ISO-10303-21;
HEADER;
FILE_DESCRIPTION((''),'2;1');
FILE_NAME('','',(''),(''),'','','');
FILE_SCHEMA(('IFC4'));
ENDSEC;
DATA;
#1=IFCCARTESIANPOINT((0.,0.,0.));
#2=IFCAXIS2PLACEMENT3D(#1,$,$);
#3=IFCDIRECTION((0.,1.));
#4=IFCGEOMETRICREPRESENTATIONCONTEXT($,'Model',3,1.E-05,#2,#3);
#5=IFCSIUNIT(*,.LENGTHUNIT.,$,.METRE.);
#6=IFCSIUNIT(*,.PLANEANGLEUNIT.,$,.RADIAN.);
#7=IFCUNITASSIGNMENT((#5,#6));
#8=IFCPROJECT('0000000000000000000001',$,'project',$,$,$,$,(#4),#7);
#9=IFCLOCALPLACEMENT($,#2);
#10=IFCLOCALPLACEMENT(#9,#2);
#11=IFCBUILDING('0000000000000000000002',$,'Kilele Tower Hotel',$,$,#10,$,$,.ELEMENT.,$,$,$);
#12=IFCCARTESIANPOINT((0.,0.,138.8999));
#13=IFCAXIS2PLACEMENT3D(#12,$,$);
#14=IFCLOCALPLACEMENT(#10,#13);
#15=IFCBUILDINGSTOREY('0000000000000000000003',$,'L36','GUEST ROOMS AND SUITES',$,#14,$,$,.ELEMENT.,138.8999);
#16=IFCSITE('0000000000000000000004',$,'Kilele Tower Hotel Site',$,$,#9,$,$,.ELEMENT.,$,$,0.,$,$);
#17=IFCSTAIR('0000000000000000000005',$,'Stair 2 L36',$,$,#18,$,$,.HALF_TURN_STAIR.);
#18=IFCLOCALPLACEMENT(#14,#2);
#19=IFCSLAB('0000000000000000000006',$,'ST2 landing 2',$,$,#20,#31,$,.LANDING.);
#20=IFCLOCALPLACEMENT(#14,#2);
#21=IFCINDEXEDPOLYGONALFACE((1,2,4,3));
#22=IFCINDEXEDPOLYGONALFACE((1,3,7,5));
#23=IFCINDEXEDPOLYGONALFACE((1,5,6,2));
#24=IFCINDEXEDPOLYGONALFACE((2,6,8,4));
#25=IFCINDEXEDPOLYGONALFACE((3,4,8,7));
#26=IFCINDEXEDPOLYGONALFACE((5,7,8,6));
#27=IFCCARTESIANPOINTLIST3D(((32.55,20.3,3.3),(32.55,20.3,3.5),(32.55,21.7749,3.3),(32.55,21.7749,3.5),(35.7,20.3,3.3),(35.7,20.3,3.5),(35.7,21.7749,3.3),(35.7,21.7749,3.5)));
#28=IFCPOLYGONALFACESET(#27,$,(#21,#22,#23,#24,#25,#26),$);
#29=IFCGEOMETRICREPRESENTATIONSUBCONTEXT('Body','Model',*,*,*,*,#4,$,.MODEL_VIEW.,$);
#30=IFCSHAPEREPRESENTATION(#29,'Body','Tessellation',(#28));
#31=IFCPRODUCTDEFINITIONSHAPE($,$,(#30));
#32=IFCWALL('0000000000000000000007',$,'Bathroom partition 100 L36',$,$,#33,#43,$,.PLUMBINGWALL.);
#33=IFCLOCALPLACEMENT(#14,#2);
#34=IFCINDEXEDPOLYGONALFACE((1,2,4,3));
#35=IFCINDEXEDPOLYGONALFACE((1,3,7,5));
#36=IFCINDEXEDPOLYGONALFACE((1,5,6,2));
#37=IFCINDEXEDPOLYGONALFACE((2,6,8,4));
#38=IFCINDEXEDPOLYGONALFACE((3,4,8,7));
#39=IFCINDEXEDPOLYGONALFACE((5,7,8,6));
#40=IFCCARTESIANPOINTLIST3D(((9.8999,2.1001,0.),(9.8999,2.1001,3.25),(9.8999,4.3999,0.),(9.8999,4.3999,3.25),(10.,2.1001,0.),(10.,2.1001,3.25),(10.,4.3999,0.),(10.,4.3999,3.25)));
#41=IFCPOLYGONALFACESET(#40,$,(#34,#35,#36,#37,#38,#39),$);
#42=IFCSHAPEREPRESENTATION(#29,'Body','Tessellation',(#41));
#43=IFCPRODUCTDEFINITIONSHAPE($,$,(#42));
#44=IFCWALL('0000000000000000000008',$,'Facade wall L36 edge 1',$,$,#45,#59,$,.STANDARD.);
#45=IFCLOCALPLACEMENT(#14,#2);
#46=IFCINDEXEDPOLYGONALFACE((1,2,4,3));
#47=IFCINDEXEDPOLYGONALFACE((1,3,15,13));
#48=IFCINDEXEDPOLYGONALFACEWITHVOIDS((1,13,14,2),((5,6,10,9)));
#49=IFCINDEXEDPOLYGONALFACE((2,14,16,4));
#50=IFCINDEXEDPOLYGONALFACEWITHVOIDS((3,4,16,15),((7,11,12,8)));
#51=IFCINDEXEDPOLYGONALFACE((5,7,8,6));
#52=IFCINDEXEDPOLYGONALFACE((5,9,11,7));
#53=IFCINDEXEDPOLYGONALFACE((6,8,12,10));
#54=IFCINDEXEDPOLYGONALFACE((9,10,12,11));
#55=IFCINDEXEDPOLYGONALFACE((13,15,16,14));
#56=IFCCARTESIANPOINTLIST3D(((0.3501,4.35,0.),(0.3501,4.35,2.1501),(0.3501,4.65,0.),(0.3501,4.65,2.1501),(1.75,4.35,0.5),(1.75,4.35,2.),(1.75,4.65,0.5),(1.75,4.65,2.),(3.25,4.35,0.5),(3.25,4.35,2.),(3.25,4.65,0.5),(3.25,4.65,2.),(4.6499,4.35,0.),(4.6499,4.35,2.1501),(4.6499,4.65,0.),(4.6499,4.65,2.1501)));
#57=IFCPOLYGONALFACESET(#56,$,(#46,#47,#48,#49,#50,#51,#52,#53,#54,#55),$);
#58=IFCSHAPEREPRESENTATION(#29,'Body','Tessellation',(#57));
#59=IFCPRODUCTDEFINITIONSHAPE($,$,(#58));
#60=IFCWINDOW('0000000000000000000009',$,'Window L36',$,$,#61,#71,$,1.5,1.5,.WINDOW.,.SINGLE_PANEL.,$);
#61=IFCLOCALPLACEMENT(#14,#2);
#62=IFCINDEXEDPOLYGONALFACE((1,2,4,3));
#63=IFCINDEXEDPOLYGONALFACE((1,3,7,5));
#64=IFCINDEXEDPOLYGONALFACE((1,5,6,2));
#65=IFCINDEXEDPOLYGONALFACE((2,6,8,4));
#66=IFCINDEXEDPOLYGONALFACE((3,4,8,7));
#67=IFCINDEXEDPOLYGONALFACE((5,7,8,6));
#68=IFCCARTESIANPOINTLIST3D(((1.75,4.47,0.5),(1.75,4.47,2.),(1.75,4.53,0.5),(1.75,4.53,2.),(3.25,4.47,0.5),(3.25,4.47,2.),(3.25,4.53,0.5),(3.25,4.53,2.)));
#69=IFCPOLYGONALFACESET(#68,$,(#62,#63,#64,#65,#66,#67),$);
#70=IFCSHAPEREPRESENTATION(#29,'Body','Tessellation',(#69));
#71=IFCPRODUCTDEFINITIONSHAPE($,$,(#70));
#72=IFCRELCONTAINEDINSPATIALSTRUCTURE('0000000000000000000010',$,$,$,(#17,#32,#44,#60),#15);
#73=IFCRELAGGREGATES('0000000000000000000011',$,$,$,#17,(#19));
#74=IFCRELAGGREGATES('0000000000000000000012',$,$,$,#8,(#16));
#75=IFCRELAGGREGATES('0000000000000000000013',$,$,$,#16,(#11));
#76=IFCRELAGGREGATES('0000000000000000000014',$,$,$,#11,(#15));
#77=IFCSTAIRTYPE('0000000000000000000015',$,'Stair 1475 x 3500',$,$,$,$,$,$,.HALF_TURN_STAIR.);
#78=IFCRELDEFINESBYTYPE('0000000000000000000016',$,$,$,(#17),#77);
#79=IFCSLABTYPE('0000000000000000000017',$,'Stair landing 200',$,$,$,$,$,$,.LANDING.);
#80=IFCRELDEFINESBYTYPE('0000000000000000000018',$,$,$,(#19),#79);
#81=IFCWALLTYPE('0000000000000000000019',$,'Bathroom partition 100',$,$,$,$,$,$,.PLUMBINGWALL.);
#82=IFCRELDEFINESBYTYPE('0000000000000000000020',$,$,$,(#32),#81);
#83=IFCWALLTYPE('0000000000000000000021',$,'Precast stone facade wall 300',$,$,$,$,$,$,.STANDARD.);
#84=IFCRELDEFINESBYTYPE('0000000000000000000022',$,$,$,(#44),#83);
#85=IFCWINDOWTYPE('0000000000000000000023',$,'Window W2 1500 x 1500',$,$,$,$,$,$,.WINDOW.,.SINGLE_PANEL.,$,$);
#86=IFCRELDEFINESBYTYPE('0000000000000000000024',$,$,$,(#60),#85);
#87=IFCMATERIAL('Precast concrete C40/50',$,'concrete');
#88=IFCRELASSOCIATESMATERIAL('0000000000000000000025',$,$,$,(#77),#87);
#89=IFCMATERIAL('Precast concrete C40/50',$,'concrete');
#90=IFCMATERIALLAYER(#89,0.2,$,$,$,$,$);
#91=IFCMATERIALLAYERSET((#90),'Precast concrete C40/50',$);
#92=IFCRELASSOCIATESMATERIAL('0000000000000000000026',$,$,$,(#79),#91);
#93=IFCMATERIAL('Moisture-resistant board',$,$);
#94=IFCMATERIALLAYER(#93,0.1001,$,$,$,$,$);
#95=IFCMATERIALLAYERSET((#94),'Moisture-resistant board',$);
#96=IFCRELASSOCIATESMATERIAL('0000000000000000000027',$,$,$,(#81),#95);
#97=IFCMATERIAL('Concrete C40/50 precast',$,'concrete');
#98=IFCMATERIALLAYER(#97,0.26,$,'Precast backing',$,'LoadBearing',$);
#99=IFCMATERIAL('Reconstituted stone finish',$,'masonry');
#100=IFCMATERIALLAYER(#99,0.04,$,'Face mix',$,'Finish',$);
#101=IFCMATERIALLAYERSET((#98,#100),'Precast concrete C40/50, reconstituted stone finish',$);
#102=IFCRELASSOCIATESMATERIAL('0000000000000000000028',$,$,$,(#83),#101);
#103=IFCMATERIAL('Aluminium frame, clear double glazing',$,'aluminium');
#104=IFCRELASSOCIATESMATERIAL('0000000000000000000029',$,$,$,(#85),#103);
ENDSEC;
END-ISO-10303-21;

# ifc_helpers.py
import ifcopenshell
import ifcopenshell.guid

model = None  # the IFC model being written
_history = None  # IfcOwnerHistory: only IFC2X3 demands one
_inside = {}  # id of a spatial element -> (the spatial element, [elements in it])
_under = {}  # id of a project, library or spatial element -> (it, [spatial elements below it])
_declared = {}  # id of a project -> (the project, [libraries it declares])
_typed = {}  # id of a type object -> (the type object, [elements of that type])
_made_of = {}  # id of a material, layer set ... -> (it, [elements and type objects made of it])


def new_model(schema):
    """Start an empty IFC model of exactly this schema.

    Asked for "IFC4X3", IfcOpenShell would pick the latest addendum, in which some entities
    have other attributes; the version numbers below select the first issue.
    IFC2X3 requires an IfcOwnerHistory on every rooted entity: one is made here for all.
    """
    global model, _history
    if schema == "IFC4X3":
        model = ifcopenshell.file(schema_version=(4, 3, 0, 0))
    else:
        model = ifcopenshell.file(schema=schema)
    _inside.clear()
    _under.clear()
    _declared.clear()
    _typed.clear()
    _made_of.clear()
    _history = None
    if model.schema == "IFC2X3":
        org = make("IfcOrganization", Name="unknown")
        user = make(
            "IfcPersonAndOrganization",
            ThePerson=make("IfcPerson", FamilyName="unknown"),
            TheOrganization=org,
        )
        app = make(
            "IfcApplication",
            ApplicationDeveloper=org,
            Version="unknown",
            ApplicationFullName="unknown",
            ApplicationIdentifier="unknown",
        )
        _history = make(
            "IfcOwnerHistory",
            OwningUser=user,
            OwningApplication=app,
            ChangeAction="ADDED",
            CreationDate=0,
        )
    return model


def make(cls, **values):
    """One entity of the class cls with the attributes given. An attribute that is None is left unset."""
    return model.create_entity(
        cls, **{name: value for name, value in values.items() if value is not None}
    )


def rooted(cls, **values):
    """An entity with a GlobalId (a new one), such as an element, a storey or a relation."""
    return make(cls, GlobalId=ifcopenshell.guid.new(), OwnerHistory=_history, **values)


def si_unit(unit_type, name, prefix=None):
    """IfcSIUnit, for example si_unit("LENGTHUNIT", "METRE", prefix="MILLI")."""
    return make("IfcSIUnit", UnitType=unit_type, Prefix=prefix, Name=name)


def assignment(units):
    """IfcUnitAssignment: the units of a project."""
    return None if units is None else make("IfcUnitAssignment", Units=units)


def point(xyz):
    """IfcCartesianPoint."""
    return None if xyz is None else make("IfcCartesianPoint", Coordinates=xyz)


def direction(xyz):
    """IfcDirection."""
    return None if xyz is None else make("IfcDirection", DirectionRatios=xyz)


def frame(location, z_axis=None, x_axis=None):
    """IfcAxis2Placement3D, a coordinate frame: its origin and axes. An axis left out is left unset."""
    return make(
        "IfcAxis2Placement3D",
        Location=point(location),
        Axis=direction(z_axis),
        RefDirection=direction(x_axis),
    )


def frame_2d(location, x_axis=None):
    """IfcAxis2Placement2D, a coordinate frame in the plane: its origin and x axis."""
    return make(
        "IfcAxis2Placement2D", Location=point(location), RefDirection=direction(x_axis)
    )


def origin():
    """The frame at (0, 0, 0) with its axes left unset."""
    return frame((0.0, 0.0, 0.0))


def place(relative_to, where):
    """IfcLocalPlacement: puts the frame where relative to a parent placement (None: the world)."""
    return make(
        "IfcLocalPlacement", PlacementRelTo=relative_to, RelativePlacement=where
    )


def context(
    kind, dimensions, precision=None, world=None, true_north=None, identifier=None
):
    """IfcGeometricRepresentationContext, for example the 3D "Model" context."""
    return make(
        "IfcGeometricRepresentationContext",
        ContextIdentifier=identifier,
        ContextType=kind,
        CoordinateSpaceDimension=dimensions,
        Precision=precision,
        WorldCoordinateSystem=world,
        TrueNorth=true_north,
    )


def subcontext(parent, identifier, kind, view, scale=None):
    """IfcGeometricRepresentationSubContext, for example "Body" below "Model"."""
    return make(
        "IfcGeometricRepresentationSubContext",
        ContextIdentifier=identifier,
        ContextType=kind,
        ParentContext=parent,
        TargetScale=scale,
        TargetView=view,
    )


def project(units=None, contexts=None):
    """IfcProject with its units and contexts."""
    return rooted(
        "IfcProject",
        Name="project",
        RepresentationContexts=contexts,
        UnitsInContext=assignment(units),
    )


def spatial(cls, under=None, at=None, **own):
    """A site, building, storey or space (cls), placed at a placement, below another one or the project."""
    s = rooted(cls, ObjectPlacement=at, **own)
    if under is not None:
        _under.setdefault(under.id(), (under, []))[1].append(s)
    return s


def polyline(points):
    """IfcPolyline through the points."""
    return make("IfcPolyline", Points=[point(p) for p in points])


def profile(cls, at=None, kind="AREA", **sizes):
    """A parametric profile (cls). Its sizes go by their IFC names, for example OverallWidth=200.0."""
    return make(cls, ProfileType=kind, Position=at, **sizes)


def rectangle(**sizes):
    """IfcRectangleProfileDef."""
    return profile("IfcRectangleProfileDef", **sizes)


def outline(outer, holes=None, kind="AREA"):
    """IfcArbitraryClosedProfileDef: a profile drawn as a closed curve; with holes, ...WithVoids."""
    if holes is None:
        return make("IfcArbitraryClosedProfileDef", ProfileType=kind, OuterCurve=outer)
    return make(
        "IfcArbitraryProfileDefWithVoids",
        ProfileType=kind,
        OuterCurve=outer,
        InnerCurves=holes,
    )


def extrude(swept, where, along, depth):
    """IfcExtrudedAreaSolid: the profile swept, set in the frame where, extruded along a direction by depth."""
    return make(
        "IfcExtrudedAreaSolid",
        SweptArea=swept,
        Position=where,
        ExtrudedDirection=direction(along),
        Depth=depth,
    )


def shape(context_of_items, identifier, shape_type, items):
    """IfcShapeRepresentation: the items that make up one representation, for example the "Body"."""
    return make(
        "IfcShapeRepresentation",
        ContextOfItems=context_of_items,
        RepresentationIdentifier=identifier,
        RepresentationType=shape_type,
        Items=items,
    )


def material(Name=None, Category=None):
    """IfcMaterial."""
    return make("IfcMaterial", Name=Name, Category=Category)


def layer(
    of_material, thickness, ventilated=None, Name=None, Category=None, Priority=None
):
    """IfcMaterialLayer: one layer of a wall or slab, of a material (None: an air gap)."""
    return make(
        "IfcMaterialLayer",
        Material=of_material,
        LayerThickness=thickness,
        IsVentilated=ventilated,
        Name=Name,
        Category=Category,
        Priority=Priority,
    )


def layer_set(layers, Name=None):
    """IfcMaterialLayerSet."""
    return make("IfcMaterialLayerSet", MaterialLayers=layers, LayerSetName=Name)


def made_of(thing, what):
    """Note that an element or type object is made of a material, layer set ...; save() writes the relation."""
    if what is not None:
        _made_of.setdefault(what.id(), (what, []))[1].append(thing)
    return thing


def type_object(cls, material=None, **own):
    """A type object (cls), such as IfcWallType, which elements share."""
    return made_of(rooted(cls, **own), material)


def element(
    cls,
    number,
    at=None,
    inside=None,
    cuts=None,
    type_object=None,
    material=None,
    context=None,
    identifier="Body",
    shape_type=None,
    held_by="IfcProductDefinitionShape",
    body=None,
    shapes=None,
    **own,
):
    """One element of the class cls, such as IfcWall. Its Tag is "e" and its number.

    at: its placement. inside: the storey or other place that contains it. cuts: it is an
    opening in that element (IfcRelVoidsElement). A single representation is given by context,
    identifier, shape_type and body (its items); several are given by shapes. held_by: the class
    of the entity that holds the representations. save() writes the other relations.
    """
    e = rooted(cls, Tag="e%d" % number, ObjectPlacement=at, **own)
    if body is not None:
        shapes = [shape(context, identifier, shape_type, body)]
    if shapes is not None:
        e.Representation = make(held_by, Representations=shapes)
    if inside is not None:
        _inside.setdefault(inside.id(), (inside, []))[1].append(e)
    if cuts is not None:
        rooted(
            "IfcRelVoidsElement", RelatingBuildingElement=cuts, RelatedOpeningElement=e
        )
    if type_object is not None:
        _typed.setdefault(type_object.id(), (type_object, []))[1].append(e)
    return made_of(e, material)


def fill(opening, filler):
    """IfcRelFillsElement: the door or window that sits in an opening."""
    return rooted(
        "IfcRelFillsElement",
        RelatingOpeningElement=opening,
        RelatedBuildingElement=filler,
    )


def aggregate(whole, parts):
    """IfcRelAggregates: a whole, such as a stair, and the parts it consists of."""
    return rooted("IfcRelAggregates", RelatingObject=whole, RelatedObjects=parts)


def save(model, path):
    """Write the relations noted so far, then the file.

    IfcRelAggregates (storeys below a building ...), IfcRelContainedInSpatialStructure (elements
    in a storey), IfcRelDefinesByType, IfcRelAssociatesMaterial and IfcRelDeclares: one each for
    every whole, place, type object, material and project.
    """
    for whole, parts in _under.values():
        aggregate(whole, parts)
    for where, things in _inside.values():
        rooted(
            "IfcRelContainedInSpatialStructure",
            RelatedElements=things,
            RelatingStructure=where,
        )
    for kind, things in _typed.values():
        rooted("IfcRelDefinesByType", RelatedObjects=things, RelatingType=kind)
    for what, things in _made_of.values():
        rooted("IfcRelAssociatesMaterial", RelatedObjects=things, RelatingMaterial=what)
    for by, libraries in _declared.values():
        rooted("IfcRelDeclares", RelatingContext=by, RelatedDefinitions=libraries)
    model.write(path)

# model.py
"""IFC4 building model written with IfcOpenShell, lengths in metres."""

from ifc_helpers import new_model, si_unit, direction, frame, frame_2d, origin, place, context, subcontext, project, spatial, polyline, rectangle, outline, extrude, material, layer, layer_set, type_object, element, fill, aggregate, save


model = new_model("IFC4")

# Units and contexts
model_context = context("Model", 3, precision=1e-05, world=origin(), true_north=direction((0.0, 1.0)))
body_context = subcontext(model_context, "Body", "Model", "MODEL_VIEW")
ifc_project = project(units=[si_unit("LENGTHUNIT", "METRE"), si_unit("PLANEANGLEUNIT", "RADIAN")], contexts=[model_context])

# Site, building, storey
site_placement = place(None, origin())
site = spatial("IfcSite", under=ifc_project, at=site_placement, Name="Kilele Tower Hotel Site", CompositionType="ELEMENT", RefElevation=0.0)
building_placement = place(site_placement, origin())
building = spatial("IfcBuilding", under=site, at=building_placement, Name="Kilele Tower Hotel", CompositionType="ELEMENT")
storey_placement = place(building_placement, frame((0.0, 0.0, 138.8999)))
storey = spatial("IfcBuildingStorey", under=building, at=storey_placement, Name="L36", Description="GUEST ROOMS AND SUITES", CompositionType="ELEMENT", Elevation=138.8999)

# Stair, slab
ifc_material_1 = material(Name="Precast concrete C40/50", Category="concrete")
stair_type = type_object("IfcStairType", Name="Stair 1475 x 3500", PredefinedType="HALF_TURN_STAIR", material=ifc_material_1)
ifc_material_2 = material(Name="Precast concrete C40/50", Category="concrete")
ifc_layer_1 = layer(ifc_material_2, 0.2)
ifc_layer_set_1 = layer_set([ifc_layer_1], Name="Precast concrete C40/50")
slab_type_1 = type_object("IfcSlabType", Name="Stair landing 200", PredefinedType="LANDING", material=ifc_layer_set_1)
stair_1_placement = place(storey_placement, origin())
stair_1 = element("IfcStair", 1, at=stair_1_placement, inside=storey, type_object=stair_type, Name="Stair 2 L36", PredefinedType="HALF_TURN_STAIR")
slab_1_placement = place(storey_placement, frame((0.0, 0.0, 3.3)))
slab_1 = element("IfcSlab", 2, at=slab_1_placement, type_object=slab_type_1, Name="ST2 landing 2", PredefinedType="LANDING", context=body_context, shape_type="SweptSolid", body=[
    extrude(outline(polyline([(32.55, 20.3), (35.7, 20.3), (35.7, 21.7749), (32.55, 21.7749), (32.55, 20.3)])), origin(), (0.0, 0.0, 1.0), 0.2),
])
aggregate(stair_1, [slab_1])

# Wall
ifc_material_3 = material(Name="Moisture-resistant board")
ifc_layer_2 = layer(ifc_material_3, 0.1001)
ifc_layer_set_2 = layer_set([ifc_layer_2], Name="Moisture-resistant board")
wall_type_1 = type_object("IfcWallType", Name="Bathroom partition 100", PredefinedType="PLUMBINGWALL", material=ifc_layer_set_2)
wall_1_placement = place(storey_placement, frame((9.95, 4.3999, 0.0), z_axis=(0.0, 0.0, 1.0), x_axis=(0.0, -1.0, 0.0)))
element("IfcWall", 3, at=wall_1_placement, inside=storey, type_object=wall_type_1, Name="Bathroom partition 100 L36", PredefinedType="PLUMBINGWALL", context=body_context, shape_type="SweptSolid", body=[
    extrude(rectangle(XDim=2.2998, YDim=0.1001, at=frame_2d((1.1499, 0.0))), origin(), (0.0, 0.0, 1.0), 3.25),
])

# Wall, opening, window
ifc_material_4 = material(Name="Concrete C40/50 precast", Category="concrete")
ifc_layer_3 = layer(ifc_material_4, 0.26, Name="Precast backing", Category="LoadBearing")
ifc_material_5 = material(Name="Reconstituted stone finish", Category="masonry")
ifc_layer_4 = layer(ifc_material_5, 0.04, Name="Face mix", Category="Finish")
ifc_layer_set_3 = layer_set([ifc_layer_3, ifc_layer_4], Name="Precast concrete C40/50, reconstituted stone finish")
wall_type_2 = type_object("IfcWallType", Name="Precast stone facade wall 300", PredefinedType="STANDARD", material=ifc_layer_set_3)
wall_2_placement = place(storey_placement, frame((0.3501, 4.5, 0.0), z_axis=(0.0, 0.0, 1.0), x_axis=(1.0, 0.0, 0.0)))
wall_2 = element("IfcWall", 4, at=wall_2_placement, inside=storey, type_object=wall_type_2, Name="Facade wall L36 edge 1", PredefinedType="STANDARD", context=body_context, shape_type="SweptSolid", body=[
    extrude(rectangle(XDim=4.2998, YDim=0.3, at=frame_2d((2.1499, 0.0))), origin(), (0.0, 0.0, 1.0), 2.1501),
])
opening_1_placement = place(wall_2_placement, frame((1.3999, 0.0, 0.5)))
opening_1 = element("IfcOpeningElement", 5, at=opening_1_placement, cuts=wall_2, PredefinedType="OPENING", context=body_context, shape_type="SweptSolid", body=[
    extrude(rectangle(XDim=1.5, YDim=1.5, at=frame_2d((0.75, 0.75))), frame((0.0, 0.1599, 0.0), z_axis=(0.0, -1.0, 0.0), x_axis=(1.0, 0.0, 0.0)), (0.0, 0.0, 1.0), 0.3201),
])
ifc_material_6 = material(Name="Aluminium frame, clear double glazing", Category="aluminium")
window_type = type_object("IfcWindowType", Name="Window W2 1500 x 1500", PartitioningType="SINGLE_PANEL", PredefinedType="WINDOW", material=ifc_material_6)
window_1_placement = place(opening_1_placement, origin())
window_1 = element("IfcWindow", 6, at=window_1_placement, inside=storey, type_object=window_type, Name="Window L36", OverallHeight=1.5, OverallWidth=1.5, PartitioningType="SINGLE_PANEL", PredefinedType="WINDOW", context=body_context, shape_type="SweptSolid", body=[
    extrude(rectangle(XDim=1.5, YDim=1.5, at=frame_2d((0.75, 0.75))), frame((0.0, 0.03, 0.0), z_axis=(0.0, -1.0, 0.0), x_axis=(1.0, 0.0, 0.0)), (0.0, 0.0, 1.0), 0.0601),
])
fill(opening_1, window_1)

save(model, "model.ifc")
